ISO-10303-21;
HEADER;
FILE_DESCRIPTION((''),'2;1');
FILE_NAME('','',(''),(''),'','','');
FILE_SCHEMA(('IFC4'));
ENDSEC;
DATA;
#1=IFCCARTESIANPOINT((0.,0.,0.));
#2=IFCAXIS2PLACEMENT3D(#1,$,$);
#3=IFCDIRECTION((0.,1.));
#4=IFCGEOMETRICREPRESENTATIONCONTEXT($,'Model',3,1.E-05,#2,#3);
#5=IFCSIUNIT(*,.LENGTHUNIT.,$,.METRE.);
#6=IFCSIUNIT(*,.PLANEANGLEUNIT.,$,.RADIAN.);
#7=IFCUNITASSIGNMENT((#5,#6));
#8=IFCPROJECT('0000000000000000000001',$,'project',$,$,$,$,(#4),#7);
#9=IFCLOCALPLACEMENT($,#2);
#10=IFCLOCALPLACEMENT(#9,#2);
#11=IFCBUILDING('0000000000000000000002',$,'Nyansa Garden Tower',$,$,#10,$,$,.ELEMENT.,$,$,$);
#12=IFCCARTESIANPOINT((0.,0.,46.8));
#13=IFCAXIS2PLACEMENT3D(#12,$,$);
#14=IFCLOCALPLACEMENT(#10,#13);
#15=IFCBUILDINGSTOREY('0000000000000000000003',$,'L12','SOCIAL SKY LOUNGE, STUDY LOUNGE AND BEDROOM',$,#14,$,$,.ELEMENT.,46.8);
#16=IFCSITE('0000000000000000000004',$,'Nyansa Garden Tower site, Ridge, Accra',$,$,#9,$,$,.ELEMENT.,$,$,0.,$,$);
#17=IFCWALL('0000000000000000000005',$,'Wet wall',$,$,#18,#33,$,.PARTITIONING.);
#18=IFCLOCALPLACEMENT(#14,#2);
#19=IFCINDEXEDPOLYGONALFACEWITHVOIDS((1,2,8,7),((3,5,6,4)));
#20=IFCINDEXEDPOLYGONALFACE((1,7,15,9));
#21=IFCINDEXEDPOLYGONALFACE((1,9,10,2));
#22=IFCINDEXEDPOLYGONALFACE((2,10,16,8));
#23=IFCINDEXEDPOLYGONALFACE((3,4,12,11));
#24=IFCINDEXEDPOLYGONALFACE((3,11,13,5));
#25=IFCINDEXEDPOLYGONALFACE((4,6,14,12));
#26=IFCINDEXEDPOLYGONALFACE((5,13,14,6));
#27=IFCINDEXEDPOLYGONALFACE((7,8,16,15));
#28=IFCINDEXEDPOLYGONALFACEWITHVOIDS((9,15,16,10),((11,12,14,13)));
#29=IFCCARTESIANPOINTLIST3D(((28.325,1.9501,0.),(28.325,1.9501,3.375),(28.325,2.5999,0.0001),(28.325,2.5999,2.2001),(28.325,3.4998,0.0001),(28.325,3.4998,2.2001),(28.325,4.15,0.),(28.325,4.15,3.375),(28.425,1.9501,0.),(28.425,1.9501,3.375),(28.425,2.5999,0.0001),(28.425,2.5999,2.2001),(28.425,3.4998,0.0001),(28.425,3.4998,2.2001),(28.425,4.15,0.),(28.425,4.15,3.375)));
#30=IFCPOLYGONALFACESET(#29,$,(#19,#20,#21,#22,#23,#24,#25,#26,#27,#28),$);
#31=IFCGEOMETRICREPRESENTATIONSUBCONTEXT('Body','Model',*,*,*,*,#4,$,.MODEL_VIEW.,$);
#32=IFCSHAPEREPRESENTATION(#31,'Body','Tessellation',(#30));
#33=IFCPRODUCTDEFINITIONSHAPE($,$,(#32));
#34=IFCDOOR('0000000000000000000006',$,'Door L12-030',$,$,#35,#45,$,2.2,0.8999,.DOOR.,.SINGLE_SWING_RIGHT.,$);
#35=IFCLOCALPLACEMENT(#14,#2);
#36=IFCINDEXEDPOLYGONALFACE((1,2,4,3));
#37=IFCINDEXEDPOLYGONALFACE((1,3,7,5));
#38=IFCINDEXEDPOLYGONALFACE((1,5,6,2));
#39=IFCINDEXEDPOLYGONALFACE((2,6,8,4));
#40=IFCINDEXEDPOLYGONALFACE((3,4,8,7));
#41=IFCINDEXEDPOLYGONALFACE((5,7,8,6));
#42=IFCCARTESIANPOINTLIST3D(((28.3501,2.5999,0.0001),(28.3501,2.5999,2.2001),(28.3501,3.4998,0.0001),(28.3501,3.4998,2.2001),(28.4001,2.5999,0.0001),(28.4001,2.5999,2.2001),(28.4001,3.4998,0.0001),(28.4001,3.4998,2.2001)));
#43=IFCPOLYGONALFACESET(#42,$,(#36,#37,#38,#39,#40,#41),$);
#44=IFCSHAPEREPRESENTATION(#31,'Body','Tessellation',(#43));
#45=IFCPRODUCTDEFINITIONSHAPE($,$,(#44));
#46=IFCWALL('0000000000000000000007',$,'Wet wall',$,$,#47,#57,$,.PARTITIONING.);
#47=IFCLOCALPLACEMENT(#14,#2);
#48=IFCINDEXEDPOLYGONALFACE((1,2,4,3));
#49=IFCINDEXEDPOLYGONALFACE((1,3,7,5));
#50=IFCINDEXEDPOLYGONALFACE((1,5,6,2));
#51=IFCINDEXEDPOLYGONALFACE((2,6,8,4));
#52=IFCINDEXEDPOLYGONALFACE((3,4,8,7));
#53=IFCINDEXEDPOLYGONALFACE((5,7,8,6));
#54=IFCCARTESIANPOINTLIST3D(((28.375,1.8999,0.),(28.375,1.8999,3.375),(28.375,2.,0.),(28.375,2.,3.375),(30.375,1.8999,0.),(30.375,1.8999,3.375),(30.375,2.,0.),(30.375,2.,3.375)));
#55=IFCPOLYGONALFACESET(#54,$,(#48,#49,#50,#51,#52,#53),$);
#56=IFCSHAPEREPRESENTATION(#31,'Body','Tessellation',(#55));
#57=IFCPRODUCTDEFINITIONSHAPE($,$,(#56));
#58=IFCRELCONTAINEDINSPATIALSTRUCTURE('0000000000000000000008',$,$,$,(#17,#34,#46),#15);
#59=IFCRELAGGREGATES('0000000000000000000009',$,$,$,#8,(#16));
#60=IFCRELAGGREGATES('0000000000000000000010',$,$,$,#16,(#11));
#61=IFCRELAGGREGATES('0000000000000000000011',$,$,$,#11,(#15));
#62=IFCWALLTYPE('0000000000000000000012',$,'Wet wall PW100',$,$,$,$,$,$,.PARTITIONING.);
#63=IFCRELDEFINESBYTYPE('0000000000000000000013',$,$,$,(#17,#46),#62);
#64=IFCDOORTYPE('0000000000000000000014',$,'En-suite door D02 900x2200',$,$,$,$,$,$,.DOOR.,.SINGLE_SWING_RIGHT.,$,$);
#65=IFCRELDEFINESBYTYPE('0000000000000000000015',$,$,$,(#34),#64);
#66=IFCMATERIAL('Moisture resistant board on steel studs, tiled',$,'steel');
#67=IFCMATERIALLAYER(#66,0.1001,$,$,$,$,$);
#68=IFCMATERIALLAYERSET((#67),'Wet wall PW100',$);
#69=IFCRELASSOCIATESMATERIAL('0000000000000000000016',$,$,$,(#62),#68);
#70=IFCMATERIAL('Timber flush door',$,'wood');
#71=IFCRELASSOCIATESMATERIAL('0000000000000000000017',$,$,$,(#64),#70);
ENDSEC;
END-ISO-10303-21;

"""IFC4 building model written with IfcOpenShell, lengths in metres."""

from ifc_helpers import new_model, si_unit, direction, frame, frame_2d, origin, place, context, subcontext, project, spatial, rectangle, extrude, material, layer, layer_set, type_object, element, fill, save


model = new_model("IFC4")

# Units and contexts
model_context = context("Model", 3, precision=1e-05, world=origin(), true_north=direction((0.0, 1.0)))
body_context = subcontext(model_context, "Body", "Model", "MODEL_VIEW")
ifc_project = project(units=[si_unit("LENGTHUNIT", "METRE"), si_unit("PLANEANGLEUNIT", "RADIAN")], contexts=[model_context])

# Site, building, storey
site_placement = place(None, origin())
site = spatial("IfcSite", under=ifc_project, at=site_placement, Name="Nyansa Garden Tower site, Ridge, Accra", CompositionType="ELEMENT", RefElevation=0.0)
building_placement = place(site_placement, origin())
building = spatial("IfcBuilding", under=site, at=building_placement, Name="Nyansa Garden Tower", CompositionType="ELEMENT")
storey_placement = place(building_placement, frame((0.0, 0.0, 46.8)))
storey = spatial("IfcBuildingStorey", under=building, at=storey_placement, Name="L12", Description="SOCIAL SKY LOUNGE, STUDY LOUNGE AND BEDROOM", CompositionType="ELEMENT", Elevation=46.8)

# Wall, opening, door
ifc_material_1 = material(Name="Moisture resistant board on steel studs, tiled", Category="steel")
ifc_layer_1 = layer(ifc_material_1, 0.1001)
ifc_layer_set_1 = layer_set([ifc_layer_1], Name="Wet wall PW100")
wall_type_1 = type_object("IfcWallType", Name="Wet wall PW100", PredefinedType="PARTITIONING", material=ifc_layer_set_1)
wall_1_placement = place(storey_placement, frame((28.375, 1.95, 0.0), z_axis=(0.0, 0.0, 1.0), x_axis=(0.0, 1.0, 0.0)))
wall_1 = element("IfcWall", 1, at=wall_1_placement, inside=storey, type_object=wall_type_1, Name="Wet wall", PredefinedType="PARTITIONING", context=body_context, shape_type="SweptSolid", body=[
    extrude(rectangle(XDim=2.2, YDim=0.1001, at=frame_2d((1.1001, 0.0))), origin(), (0.0, 0.0, 1.0), 3.375),
])
opening_1_placement = place(wall_1_placement, frame((0.6499, 0.0, 0.0)))
opening_1 = element("IfcOpeningElement", 2, at=opening_1_placement, cuts=wall_1, PredefinedType="OPENING", context=body_context, shape_type="SweptSolid", body=[
    extrude(rectangle(XDim=0.8999, YDim=2.2, at=frame_2d((0.45, 1.1001))), frame((0.0, 0.0601, 0.0), z_axis=(0.0, -1.0, 0.0), x_axis=(1.0, 0.0, 0.0)), (0.0, 0.0, 1.0), 0.1201),
])
ifc_material_2 = material(Name="Timber flush door", Category="wood")
door_type = type_object("IfcDoorType", Name="En-suite door D02 900x2200", OperationType="SINGLE_SWING_RIGHT", PredefinedType="DOOR", material=ifc_material_2)
door_placement = place(opening_1_placement, origin())
door = element("IfcDoor", 3, at=door_placement, inside=storey, type_object=door_type, Name="Door L12-030", OperationType="SINGLE_SWING_RIGHT", OverallHeight=2.2, OverallWidth=0.8999, PredefinedType="DOOR", context=body_context, shape_type="SweptSolid", body=[
    extrude(rectangle(XDim=0.8999, YDim=2.2, at=frame_2d((0.45, 1.1001))), frame((0.0, 0.0249, 0.0), z_axis=(0.0, -1.0, 0.0), x_axis=(1.0, 0.0, 0.0)), (0.0, 0.0, 1.0), 0.05),
])
fill(opening_1, door)

# Wall
wall_2_placement = place(storey_placement, frame((28.375, 1.95, 0.0), z_axis=(0.0, 0.0, 1.0), x_axis=(1.0, 0.0, 0.0)))
element("IfcWall", 4, at=wall_2_placement, inside=storey, type_object=wall_type_1, Name="Wet wall", PredefinedType="PARTITIONING", context=body_context, shape_type="SweptSolid", body=[
    extrude(rectangle(XDim=2.0, YDim=0.1001, at=frame_2d((1.0, 0.0))), origin(), (0.0, 0.0, 1.0), 3.375),
])

save(model, "model.ifc")
